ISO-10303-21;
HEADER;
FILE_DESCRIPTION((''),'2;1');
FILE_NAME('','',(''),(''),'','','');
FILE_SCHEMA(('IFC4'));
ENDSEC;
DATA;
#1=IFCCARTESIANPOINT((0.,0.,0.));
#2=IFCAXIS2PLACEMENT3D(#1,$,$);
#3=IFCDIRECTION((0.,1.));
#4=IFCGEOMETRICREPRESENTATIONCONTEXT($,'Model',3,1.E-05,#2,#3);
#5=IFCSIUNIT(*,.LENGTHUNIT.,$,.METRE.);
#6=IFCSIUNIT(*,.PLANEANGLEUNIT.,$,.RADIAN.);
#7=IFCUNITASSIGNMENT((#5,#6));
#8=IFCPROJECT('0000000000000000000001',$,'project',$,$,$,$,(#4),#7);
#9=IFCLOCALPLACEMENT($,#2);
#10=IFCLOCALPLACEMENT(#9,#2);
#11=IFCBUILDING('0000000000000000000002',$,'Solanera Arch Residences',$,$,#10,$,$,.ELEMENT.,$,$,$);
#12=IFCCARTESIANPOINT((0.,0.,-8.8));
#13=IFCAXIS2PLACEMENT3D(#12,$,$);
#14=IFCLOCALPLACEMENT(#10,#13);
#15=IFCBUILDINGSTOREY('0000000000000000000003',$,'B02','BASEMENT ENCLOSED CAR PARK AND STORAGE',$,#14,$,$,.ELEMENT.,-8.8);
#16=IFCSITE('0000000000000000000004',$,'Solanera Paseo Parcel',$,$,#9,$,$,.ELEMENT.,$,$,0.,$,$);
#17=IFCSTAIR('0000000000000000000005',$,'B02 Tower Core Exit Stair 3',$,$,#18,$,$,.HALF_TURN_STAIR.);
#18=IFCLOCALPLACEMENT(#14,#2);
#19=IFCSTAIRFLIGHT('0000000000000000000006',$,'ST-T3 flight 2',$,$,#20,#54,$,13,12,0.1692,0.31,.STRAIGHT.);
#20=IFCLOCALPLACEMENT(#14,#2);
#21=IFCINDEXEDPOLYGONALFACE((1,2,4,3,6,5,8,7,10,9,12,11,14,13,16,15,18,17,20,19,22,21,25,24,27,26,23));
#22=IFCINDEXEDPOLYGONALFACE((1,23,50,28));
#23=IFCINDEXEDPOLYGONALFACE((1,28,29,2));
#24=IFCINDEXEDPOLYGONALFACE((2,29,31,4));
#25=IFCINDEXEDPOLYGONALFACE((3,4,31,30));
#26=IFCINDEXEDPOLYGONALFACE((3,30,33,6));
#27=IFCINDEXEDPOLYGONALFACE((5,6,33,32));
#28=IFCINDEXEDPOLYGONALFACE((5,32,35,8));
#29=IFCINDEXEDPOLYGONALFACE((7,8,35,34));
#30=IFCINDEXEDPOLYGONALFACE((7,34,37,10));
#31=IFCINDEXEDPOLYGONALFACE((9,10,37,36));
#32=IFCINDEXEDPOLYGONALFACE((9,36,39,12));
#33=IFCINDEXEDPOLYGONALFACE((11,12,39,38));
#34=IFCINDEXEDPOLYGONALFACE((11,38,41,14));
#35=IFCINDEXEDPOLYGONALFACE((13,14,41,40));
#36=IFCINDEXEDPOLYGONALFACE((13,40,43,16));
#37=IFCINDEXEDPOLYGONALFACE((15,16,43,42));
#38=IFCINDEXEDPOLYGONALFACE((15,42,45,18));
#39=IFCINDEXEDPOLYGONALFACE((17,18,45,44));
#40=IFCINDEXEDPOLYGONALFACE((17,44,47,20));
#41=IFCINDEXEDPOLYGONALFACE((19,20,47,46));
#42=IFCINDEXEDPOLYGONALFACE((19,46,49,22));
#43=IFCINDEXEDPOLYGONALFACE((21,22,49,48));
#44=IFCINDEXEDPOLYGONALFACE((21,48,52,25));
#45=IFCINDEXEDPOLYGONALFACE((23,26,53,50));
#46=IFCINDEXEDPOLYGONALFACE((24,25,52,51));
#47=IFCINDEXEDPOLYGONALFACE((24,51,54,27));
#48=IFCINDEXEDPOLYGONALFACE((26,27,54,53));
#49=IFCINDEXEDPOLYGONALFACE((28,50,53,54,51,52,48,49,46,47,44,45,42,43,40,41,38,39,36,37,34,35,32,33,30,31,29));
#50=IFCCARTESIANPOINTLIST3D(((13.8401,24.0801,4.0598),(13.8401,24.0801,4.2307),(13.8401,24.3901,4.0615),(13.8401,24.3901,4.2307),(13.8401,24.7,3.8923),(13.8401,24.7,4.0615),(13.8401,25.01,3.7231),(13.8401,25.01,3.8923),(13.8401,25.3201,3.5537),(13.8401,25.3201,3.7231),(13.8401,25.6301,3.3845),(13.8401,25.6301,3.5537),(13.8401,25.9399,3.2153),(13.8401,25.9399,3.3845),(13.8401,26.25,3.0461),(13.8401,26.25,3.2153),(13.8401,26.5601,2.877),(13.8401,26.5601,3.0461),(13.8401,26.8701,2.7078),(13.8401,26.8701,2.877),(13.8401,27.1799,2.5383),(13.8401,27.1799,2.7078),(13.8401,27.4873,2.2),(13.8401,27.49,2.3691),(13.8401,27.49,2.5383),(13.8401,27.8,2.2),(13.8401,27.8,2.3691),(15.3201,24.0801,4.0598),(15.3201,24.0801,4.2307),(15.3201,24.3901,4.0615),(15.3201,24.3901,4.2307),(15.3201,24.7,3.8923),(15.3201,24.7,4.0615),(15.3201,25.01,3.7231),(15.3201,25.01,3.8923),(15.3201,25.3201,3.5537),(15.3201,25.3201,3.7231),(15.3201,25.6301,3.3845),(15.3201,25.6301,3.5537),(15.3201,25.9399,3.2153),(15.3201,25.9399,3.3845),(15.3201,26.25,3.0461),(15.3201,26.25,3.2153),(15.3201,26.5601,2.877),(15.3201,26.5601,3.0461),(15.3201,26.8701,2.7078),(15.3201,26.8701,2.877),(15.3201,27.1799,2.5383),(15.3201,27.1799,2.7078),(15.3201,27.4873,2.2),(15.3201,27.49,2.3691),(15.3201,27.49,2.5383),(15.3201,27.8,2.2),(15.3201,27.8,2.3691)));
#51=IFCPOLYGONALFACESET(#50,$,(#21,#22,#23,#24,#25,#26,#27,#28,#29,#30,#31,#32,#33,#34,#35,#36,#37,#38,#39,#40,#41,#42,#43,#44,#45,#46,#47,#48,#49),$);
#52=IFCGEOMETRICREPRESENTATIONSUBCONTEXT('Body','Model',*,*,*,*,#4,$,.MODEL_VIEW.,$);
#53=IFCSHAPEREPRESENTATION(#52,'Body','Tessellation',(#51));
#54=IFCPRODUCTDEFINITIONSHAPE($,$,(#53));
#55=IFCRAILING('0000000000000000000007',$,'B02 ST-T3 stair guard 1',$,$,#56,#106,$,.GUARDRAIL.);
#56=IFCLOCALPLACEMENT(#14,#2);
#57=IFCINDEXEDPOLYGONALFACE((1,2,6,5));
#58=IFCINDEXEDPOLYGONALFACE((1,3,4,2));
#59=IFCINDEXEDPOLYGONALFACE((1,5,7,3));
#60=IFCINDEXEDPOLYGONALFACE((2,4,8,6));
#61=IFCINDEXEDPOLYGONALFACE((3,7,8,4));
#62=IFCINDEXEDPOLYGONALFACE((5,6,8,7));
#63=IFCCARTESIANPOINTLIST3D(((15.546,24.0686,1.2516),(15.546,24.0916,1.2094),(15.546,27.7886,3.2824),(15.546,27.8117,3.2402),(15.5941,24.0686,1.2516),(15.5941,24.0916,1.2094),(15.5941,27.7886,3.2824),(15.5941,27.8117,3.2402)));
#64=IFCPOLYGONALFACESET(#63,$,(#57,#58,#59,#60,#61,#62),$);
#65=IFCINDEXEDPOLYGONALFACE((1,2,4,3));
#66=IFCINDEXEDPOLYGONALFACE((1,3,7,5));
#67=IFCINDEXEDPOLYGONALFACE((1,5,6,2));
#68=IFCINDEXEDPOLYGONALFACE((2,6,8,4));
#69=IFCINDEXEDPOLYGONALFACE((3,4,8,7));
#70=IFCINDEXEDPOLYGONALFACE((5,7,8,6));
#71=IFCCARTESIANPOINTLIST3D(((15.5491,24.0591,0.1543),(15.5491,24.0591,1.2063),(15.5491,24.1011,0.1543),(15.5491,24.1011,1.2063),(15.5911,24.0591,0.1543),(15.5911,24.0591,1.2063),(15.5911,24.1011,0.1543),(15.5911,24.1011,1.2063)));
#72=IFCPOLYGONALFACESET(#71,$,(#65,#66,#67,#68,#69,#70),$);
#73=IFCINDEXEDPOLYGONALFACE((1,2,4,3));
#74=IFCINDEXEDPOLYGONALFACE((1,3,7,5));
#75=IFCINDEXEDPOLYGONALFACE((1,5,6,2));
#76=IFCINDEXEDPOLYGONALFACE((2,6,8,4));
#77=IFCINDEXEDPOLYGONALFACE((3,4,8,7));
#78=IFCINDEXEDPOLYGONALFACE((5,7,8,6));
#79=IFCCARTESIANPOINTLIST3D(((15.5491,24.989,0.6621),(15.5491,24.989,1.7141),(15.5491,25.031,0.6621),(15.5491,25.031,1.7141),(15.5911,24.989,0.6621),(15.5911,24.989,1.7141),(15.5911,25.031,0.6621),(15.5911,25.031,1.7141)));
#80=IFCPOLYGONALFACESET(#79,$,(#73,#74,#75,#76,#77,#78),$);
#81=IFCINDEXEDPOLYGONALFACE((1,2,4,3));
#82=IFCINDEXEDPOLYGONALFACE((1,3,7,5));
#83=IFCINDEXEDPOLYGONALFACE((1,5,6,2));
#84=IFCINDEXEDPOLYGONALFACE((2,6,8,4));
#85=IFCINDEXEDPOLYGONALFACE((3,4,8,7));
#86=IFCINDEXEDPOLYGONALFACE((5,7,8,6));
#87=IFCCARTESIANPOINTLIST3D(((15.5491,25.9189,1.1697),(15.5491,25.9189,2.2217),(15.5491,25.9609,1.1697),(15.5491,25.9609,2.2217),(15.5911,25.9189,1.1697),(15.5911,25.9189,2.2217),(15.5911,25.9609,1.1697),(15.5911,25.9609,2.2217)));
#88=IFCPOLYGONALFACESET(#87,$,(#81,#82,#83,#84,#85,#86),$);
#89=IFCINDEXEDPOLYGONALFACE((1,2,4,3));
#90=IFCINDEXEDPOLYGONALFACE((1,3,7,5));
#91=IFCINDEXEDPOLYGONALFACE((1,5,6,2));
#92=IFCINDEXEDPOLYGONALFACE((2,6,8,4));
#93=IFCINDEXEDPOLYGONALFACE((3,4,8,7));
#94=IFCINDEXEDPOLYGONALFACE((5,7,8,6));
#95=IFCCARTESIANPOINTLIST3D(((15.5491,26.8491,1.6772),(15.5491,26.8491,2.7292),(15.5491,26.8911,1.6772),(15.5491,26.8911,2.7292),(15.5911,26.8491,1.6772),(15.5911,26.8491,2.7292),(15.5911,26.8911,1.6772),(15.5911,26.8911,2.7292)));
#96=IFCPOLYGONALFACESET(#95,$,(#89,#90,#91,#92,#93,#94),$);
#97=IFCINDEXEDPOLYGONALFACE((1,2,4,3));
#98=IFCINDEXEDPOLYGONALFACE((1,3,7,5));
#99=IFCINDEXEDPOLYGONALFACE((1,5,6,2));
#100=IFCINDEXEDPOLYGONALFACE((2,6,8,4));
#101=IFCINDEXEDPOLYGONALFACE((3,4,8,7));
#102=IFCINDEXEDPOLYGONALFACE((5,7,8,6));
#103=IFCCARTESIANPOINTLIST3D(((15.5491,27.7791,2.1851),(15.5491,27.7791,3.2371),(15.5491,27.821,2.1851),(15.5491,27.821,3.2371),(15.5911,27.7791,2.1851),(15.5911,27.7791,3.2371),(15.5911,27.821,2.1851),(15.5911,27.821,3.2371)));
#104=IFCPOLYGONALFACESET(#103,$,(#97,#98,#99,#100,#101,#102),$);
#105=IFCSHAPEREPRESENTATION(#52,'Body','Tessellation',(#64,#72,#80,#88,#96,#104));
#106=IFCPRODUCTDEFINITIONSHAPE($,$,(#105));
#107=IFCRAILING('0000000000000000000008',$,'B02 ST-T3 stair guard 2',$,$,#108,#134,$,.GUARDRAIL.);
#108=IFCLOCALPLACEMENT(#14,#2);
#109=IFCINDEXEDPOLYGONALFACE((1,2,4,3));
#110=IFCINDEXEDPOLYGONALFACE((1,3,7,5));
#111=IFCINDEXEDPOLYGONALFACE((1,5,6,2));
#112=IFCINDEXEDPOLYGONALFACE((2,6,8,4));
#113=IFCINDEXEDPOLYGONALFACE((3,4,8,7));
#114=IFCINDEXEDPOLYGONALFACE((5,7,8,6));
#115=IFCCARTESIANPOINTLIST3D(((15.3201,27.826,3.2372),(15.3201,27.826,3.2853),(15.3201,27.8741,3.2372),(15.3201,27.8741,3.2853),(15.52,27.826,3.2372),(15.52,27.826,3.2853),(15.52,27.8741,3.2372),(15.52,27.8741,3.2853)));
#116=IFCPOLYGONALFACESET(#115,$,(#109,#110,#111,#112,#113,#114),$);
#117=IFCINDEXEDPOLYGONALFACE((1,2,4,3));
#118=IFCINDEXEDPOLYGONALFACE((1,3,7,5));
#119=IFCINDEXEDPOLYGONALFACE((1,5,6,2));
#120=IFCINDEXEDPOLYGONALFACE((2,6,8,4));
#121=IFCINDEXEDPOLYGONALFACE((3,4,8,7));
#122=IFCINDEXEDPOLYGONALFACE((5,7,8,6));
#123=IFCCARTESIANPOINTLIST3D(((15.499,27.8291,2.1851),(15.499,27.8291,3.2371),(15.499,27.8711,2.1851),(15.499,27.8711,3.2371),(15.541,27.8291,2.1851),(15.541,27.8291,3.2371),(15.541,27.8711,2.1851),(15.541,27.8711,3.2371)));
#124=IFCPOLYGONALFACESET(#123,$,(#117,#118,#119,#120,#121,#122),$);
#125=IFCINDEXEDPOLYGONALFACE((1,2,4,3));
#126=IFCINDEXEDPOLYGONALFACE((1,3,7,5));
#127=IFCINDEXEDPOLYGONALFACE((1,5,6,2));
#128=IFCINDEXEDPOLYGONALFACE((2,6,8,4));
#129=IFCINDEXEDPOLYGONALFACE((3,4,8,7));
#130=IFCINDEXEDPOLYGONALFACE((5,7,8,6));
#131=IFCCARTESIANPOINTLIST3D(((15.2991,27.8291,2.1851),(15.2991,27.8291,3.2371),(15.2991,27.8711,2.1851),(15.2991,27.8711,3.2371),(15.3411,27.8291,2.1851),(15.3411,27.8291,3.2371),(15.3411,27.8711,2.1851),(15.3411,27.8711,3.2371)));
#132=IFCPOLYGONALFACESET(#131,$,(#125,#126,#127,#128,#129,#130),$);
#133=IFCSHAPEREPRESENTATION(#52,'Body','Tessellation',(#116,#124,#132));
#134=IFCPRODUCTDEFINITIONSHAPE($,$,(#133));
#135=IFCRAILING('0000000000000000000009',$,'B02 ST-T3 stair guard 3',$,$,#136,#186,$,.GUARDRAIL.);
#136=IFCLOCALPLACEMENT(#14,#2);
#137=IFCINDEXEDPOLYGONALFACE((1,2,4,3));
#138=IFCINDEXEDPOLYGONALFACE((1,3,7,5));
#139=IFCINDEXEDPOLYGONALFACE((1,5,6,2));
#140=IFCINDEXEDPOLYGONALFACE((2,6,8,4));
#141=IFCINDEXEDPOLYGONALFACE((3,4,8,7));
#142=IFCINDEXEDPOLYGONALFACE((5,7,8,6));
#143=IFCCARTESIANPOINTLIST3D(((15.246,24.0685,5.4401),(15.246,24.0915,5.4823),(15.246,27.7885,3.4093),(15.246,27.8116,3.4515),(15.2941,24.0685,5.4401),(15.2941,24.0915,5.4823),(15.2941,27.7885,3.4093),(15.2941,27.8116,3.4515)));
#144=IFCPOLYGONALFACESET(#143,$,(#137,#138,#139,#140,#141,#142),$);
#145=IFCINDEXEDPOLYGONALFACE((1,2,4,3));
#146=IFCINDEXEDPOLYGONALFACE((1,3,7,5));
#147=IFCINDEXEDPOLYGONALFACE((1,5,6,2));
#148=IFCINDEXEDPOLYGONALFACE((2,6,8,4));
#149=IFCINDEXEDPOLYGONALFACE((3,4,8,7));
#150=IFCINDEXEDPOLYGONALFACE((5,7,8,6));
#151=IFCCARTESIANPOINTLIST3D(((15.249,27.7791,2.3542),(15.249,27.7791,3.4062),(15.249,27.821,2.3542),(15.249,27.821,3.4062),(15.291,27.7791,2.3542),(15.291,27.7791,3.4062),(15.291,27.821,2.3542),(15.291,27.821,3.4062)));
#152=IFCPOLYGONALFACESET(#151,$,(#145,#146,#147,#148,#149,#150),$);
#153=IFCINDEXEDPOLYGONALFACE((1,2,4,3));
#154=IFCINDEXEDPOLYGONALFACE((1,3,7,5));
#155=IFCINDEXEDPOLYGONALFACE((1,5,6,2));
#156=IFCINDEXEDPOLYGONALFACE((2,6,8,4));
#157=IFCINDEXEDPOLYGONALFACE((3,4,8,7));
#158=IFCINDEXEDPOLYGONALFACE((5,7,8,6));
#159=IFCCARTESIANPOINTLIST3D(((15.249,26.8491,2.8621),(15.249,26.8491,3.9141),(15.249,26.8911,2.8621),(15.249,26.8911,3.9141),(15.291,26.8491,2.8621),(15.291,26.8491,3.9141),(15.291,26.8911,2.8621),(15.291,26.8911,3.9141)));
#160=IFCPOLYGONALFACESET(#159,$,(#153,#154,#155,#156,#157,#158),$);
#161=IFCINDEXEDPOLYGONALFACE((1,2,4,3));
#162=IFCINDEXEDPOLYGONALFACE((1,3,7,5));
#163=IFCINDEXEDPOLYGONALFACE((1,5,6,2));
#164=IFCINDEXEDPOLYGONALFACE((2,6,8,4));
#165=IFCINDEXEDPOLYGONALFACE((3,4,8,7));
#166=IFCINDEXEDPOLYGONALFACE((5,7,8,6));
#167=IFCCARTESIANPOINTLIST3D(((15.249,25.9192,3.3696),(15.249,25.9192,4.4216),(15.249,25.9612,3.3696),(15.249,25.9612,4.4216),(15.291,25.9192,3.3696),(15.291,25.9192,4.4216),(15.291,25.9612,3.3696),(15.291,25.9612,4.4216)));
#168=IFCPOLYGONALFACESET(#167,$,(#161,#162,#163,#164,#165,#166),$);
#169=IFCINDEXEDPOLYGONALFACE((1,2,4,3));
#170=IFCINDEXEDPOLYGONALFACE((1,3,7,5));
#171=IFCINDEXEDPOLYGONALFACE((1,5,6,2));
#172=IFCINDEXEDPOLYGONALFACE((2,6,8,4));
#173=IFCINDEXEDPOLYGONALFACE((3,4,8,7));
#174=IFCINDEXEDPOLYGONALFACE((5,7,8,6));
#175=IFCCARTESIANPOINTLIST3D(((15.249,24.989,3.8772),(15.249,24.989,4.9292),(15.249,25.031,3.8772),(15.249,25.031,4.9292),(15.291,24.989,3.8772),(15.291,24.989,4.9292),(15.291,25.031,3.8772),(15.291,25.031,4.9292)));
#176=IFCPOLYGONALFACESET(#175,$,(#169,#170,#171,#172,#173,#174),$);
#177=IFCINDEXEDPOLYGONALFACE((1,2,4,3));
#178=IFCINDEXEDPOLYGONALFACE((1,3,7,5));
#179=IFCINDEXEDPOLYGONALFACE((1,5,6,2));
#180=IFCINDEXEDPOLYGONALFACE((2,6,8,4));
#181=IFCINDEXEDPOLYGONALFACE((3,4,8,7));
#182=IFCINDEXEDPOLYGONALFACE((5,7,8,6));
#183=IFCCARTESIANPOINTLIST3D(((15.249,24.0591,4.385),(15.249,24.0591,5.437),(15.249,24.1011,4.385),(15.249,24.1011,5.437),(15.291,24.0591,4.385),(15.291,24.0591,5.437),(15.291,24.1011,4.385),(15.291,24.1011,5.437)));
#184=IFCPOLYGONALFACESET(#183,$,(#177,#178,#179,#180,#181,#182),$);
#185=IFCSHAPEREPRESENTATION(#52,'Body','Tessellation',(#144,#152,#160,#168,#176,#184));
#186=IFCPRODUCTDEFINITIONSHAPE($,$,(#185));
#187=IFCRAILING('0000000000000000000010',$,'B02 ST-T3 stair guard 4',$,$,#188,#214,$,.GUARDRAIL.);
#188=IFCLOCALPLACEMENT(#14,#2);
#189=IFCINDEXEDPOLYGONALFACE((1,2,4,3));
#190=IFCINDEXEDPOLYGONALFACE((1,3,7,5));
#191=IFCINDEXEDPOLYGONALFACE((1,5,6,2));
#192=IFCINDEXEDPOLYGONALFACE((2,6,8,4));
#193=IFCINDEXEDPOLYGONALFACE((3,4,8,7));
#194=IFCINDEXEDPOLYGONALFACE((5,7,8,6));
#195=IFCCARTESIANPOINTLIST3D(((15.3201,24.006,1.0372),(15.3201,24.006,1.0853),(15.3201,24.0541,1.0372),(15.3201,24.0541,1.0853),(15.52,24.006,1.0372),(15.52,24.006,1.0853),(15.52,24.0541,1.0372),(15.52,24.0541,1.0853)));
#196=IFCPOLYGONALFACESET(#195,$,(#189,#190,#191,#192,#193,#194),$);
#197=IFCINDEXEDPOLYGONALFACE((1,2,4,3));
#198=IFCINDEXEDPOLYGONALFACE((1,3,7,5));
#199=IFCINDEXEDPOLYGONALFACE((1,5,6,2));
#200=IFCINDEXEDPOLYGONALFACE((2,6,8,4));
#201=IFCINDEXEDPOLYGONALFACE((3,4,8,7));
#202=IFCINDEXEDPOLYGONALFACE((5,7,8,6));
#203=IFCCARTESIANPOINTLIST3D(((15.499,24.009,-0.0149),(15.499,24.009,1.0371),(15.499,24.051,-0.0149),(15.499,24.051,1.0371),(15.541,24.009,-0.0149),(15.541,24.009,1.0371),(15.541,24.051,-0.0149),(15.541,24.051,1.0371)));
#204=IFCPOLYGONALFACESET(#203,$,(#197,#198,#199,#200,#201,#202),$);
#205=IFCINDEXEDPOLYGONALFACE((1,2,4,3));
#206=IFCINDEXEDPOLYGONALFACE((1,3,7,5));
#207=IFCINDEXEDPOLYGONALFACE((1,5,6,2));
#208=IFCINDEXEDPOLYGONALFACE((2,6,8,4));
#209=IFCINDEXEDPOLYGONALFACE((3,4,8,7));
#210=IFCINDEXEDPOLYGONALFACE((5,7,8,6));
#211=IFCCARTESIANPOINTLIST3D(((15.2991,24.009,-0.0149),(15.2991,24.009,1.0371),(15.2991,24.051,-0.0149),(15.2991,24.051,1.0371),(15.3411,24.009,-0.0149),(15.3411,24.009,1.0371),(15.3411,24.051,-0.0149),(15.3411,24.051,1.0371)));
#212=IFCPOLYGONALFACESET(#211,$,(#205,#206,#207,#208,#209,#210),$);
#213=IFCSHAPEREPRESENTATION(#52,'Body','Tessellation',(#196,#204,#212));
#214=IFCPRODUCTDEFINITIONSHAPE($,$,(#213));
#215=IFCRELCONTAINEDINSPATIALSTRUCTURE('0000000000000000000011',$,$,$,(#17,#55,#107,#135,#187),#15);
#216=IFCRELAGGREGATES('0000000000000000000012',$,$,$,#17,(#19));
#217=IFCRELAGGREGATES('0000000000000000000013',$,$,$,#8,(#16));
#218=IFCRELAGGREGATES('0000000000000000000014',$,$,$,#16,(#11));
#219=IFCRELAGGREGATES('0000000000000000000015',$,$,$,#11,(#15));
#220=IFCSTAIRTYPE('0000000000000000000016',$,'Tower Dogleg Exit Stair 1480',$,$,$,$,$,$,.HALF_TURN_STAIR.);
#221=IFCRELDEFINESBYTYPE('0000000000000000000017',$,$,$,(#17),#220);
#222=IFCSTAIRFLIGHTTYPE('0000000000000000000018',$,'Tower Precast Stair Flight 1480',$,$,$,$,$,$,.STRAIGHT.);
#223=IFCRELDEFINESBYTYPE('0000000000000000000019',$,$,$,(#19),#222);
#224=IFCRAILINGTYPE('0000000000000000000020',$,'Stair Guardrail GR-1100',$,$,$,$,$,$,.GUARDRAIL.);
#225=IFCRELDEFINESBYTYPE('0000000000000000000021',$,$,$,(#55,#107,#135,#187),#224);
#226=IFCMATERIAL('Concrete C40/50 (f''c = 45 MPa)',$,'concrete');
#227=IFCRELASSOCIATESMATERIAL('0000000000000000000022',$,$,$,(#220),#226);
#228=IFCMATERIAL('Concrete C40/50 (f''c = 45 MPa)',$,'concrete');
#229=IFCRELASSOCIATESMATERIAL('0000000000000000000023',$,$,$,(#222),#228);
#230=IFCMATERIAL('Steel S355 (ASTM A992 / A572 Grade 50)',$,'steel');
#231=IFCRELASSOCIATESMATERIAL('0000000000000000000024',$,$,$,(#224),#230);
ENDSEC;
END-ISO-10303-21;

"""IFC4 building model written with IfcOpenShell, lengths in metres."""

from ifc_helpers import new_model, si_unit, direction, frame, origin, origin_2d, place, context, subcontext, project, spatial, polyline, rectangle, outline, extrude, material, type_object, element, aggregate, save


model = new_model("IFC4")

# Units and contexts
model_context = context("Model", 3, precision=1e-05, world=origin(), true_north=direction((0.0, 1.0)))
body_context = subcontext(model_context, "Body", "Model", "MODEL_VIEW")
ifc_project = project(units=[si_unit("LENGTHUNIT", "METRE"), si_unit("PLANEANGLEUNIT", "RADIAN")], contexts=[model_context])

# Site, building, storey
site_placement = place(None, origin())
site = spatial("IfcSite", under=ifc_project, at=site_placement, Name="Solanera Paseo Parcel", CompositionType="ELEMENT", RefElevation=0.0)
building_placement = place(site_placement, origin())
building = spatial("IfcBuilding", under=site, at=building_placement, Name="Solanera Arch Residences", CompositionType="ELEMENT")
storey_placement = place(building_placement, frame((0.0, 0.0, -8.8)))
storey = spatial("IfcBuildingStorey", under=building, at=storey_placement, Name="B02", Description="BASEMENT ENCLOSED CAR PARK AND STORAGE", CompositionType="ELEMENT", Elevation=-8.8)

# Stair, stair flight
ifc_material_1 = material(Name="Concrete C40/50 (f'c = 45 MPa)", Category="concrete")
stair_type = type_object("IfcStairType", Name="Tower Dogleg Exit Stair 1480", PredefinedType="HALF_TURN_STAIR", material=ifc_material_1)
stair_placement = place(storey_placement, origin())
stair = element("IfcStair", 1, at=stair_placement, inside=storey, type_object=stair_type, Name="B02 Tower Core Exit Stair 3", PredefinedType="HALF_TURN_STAIR")
ifc_material_2 = material(Name="Concrete C40/50 (f'c = 45 MPa)", Category="concrete")
stair_flight_type = type_object("IfcStairFlightType", Name="Tower Precast Stair Flight 1480", PredefinedType="STRAIGHT", material=ifc_material_2)
stair_flight_1_placement = place(storey_placement, frame((14.5801, 27.8, 2.2), z_axis=(0.0, 0.0, 1.0), x_axis=(0.0, -1.0, 0.0)))
stair_flight_1 = element("IfcStairFlight", 2, at=stair_flight_1_placement, type_object=stair_flight_type, Name="ST-T3 flight 2", NumberOfRisers=13, NumberOfTreads=12, PredefinedType="STRAIGHT", RiserHeight=0.1692, TreadLength=0.31, context=body_context, shape_type="SweptSolid", body=[
    extrude(outline(polyline([(0.0, 0.0), (0.0, 0.1692), (0.3101, 0.1692), (0.3101, 0.3384), (0.6201, 0.3384), (0.6201, 0.5078), (0.9299, 0.5078), (0.9299, 0.677), (1.24, 0.677), (1.24, 0.8462), (1.55, 0.8462), (1.55, 1.0154), (1.8601, 1.0154), (1.8601, 1.1846), (2.1699, 1.1846), (2.1699, 1.3538), (2.48, 1.3538), (2.48, 1.5232), (2.79, 1.5232), (2.79, 1.6924), (3.1001, 1.6924), (3.1001, 1.8616), (3.4099, 1.8616), (3.4099, 2.0308), (3.72, 2.0308), (3.72, 2.2), (3.72, 1.8599), (0.3127, 0.0), (0.0, 0.0)])), frame((0.0, 0.74, 0.0), z_axis=(0.0, -1.0, 0.0), x_axis=(1.0, 0.0, 0.0)), (0.0, 0.0, 1.0), 1.48),
])
aggregate(stair, [stair_flight_1])

# Railings
ifc_material_3 = material(Name="Steel S355 (ASTM A992 / A572 Grade 50)", Category="steel")
railing_type_1 = type_object("IfcRailingType", Name="Stair Guardrail GR-1100", PredefinedType="GUARDRAIL", material=ifc_material_3)
railing_1_placement = place(storey_placement, frame((15.5701, 24.0801, 0.1543)))
element("IfcRailing", 3, at=railing_1_placement, inside=storey, type_object=railing_type_1, Name="B02 ST-T3 stair guard 1", PredefinedType="GUARDRAIL", context=body_context, shape_type="SweptSolid", body=[
    extrude(rectangle(XDim=0.0481, YDim=0.0481, at=origin_2d()), frame((0.0, 0.0, 1.0762), z_axis=(0.0, 0.877728, 0.479159), x_axis=(-1.0, 0.0, 0.0)), (0.0, 0.0, 1.0), 4.2383),
    extrude(rectangle(XDim=0.042, YDim=0.042, at=origin_2d()), origin(), (0.0, 0.0, 1.0), 1.052),
    extrude(rectangle(XDim=0.042, YDim=0.042, at=origin_2d()), frame((0.0, 0.9299, 0.5078)), (0.0, 0.0, 1.0), 1.052),
    extrude(rectangle(XDim=0.042, YDim=0.042, at=origin_2d()), frame((0.0, 1.8599, 1.0154)), (0.0, 0.0, 1.0), 1.052),
    extrude(rectangle(XDim=0.042, YDim=0.042, at=origin_2d()), frame((0.0, 2.79, 1.5229)), (0.0, 0.0, 1.0), 1.052),
    extrude(rectangle(XDim=0.042, YDim=0.042, at=origin_2d()), frame((0.0, 3.72, 2.0308)), (0.0, 0.0, 1.0), 1.052),
])
railing_2_placement = place(storey_placement, frame((15.52, 27.8501, 2.1851)))
element("IfcRailing", 4, at=railing_2_placement, inside=storey, type_object=railing_type_1, Name="B02 ST-T3 stair guard 2", PredefinedType="GUARDRAIL", context=body_context, shape_type="SweptSolid", body=[
    extrude(rectangle(XDim=0.0481, YDim=0.0481, at=origin_2d()), frame((0.0, 0.0, 1.0762), z_axis=(-1.0, 0.0, 0.0), x_axis=(0.0, -1.0, 0.0)), (0.0, 0.0, 1.0), 0.2),
    extrude(rectangle(XDim=0.042, YDim=0.042, at=origin_2d()), origin(), (0.0, 0.0, 1.0), 1.052),
    extrude(rectangle(XDim=0.042, YDim=0.042, at=origin_2d()), frame((-0.2, 0.0, 0.0)), (0.0, 0.0, 1.0), 1.052),
])
railing_3_placement = place(storey_placement, frame((15.27, 27.8, 2.3542)))
element("IfcRailing", 5, at=railing_3_placement, inside=storey, type_object=railing_type_1, Name="B02 ST-T3 stair guard 3", PredefinedType="GUARDRAIL", context=body_context, shape_type="SweptSolid", body=[
    extrude(rectangle(XDim=0.0481, YDim=0.0481, at=origin_2d()), frame((0.0, 0.0, 1.0762), z_axis=(0.0, -0.877728, 0.479159), x_axis=(1.0, 0.0, 0.0)), (0.0, 0.0, 1.0), 4.2383),
    extrude(rectangle(XDim=0.042, YDim=0.042, at=origin_2d()), origin(), (0.0, 0.0, 1.0), 1.052),
    extrude(rectangle(XDim=0.042, YDim=0.042, at=origin_2d()), frame((0.0, -0.9299, 0.5078)), (0.0, 0.0, 1.0), 1.052),
    extrude(rectangle(XDim=0.042, YDim=0.042, at=origin_2d()), frame((0.0, -1.8599, 1.0154)), (0.0, 0.0, 1.0), 1.052),
    extrude(rectangle(XDim=0.042, YDim=0.042, at=origin_2d()), frame((0.0, -2.79, 1.5229)), (0.0, 0.0, 1.0), 1.052),
    extrude(rectangle(XDim=0.042, YDim=0.042, at=origin_2d()), frame((0.0, -3.72, 2.0308)), (0.0, 0.0, 1.0), 1.052),
])
railing_4_placement = place(storey_placement, frame((15.52, 24.03, -0.0149)))
element("IfcRailing", 6, at=railing_4_placement, inside=storey, type_object=railing_type_1, Name="B02 ST-T3 stair guard 4", PredefinedType="GUARDRAIL", context=body_context, shape_type="SweptSolid", body=[
    extrude(rectangle(XDim=0.0481, YDim=0.0481, at=origin_2d()), frame((0.0, 0.0, 1.0762), z_axis=(-1.0, 0.0, 0.0), x_axis=(0.0, -1.0, 0.0)), (0.0, 0.0, 1.0), 0.2),
    extrude(rectangle(XDim=0.042, YDim=0.042, at=origin_2d()), origin(), (0.0, 0.0, 1.0), 1.052),
    extrude(rectangle(XDim=0.042, YDim=0.042, at=origin_2d()), frame((-0.2, 0.0, 0.0)), (0.0, 0.0, 1.0), 1.052),
])

save(model, "model.ifc")
